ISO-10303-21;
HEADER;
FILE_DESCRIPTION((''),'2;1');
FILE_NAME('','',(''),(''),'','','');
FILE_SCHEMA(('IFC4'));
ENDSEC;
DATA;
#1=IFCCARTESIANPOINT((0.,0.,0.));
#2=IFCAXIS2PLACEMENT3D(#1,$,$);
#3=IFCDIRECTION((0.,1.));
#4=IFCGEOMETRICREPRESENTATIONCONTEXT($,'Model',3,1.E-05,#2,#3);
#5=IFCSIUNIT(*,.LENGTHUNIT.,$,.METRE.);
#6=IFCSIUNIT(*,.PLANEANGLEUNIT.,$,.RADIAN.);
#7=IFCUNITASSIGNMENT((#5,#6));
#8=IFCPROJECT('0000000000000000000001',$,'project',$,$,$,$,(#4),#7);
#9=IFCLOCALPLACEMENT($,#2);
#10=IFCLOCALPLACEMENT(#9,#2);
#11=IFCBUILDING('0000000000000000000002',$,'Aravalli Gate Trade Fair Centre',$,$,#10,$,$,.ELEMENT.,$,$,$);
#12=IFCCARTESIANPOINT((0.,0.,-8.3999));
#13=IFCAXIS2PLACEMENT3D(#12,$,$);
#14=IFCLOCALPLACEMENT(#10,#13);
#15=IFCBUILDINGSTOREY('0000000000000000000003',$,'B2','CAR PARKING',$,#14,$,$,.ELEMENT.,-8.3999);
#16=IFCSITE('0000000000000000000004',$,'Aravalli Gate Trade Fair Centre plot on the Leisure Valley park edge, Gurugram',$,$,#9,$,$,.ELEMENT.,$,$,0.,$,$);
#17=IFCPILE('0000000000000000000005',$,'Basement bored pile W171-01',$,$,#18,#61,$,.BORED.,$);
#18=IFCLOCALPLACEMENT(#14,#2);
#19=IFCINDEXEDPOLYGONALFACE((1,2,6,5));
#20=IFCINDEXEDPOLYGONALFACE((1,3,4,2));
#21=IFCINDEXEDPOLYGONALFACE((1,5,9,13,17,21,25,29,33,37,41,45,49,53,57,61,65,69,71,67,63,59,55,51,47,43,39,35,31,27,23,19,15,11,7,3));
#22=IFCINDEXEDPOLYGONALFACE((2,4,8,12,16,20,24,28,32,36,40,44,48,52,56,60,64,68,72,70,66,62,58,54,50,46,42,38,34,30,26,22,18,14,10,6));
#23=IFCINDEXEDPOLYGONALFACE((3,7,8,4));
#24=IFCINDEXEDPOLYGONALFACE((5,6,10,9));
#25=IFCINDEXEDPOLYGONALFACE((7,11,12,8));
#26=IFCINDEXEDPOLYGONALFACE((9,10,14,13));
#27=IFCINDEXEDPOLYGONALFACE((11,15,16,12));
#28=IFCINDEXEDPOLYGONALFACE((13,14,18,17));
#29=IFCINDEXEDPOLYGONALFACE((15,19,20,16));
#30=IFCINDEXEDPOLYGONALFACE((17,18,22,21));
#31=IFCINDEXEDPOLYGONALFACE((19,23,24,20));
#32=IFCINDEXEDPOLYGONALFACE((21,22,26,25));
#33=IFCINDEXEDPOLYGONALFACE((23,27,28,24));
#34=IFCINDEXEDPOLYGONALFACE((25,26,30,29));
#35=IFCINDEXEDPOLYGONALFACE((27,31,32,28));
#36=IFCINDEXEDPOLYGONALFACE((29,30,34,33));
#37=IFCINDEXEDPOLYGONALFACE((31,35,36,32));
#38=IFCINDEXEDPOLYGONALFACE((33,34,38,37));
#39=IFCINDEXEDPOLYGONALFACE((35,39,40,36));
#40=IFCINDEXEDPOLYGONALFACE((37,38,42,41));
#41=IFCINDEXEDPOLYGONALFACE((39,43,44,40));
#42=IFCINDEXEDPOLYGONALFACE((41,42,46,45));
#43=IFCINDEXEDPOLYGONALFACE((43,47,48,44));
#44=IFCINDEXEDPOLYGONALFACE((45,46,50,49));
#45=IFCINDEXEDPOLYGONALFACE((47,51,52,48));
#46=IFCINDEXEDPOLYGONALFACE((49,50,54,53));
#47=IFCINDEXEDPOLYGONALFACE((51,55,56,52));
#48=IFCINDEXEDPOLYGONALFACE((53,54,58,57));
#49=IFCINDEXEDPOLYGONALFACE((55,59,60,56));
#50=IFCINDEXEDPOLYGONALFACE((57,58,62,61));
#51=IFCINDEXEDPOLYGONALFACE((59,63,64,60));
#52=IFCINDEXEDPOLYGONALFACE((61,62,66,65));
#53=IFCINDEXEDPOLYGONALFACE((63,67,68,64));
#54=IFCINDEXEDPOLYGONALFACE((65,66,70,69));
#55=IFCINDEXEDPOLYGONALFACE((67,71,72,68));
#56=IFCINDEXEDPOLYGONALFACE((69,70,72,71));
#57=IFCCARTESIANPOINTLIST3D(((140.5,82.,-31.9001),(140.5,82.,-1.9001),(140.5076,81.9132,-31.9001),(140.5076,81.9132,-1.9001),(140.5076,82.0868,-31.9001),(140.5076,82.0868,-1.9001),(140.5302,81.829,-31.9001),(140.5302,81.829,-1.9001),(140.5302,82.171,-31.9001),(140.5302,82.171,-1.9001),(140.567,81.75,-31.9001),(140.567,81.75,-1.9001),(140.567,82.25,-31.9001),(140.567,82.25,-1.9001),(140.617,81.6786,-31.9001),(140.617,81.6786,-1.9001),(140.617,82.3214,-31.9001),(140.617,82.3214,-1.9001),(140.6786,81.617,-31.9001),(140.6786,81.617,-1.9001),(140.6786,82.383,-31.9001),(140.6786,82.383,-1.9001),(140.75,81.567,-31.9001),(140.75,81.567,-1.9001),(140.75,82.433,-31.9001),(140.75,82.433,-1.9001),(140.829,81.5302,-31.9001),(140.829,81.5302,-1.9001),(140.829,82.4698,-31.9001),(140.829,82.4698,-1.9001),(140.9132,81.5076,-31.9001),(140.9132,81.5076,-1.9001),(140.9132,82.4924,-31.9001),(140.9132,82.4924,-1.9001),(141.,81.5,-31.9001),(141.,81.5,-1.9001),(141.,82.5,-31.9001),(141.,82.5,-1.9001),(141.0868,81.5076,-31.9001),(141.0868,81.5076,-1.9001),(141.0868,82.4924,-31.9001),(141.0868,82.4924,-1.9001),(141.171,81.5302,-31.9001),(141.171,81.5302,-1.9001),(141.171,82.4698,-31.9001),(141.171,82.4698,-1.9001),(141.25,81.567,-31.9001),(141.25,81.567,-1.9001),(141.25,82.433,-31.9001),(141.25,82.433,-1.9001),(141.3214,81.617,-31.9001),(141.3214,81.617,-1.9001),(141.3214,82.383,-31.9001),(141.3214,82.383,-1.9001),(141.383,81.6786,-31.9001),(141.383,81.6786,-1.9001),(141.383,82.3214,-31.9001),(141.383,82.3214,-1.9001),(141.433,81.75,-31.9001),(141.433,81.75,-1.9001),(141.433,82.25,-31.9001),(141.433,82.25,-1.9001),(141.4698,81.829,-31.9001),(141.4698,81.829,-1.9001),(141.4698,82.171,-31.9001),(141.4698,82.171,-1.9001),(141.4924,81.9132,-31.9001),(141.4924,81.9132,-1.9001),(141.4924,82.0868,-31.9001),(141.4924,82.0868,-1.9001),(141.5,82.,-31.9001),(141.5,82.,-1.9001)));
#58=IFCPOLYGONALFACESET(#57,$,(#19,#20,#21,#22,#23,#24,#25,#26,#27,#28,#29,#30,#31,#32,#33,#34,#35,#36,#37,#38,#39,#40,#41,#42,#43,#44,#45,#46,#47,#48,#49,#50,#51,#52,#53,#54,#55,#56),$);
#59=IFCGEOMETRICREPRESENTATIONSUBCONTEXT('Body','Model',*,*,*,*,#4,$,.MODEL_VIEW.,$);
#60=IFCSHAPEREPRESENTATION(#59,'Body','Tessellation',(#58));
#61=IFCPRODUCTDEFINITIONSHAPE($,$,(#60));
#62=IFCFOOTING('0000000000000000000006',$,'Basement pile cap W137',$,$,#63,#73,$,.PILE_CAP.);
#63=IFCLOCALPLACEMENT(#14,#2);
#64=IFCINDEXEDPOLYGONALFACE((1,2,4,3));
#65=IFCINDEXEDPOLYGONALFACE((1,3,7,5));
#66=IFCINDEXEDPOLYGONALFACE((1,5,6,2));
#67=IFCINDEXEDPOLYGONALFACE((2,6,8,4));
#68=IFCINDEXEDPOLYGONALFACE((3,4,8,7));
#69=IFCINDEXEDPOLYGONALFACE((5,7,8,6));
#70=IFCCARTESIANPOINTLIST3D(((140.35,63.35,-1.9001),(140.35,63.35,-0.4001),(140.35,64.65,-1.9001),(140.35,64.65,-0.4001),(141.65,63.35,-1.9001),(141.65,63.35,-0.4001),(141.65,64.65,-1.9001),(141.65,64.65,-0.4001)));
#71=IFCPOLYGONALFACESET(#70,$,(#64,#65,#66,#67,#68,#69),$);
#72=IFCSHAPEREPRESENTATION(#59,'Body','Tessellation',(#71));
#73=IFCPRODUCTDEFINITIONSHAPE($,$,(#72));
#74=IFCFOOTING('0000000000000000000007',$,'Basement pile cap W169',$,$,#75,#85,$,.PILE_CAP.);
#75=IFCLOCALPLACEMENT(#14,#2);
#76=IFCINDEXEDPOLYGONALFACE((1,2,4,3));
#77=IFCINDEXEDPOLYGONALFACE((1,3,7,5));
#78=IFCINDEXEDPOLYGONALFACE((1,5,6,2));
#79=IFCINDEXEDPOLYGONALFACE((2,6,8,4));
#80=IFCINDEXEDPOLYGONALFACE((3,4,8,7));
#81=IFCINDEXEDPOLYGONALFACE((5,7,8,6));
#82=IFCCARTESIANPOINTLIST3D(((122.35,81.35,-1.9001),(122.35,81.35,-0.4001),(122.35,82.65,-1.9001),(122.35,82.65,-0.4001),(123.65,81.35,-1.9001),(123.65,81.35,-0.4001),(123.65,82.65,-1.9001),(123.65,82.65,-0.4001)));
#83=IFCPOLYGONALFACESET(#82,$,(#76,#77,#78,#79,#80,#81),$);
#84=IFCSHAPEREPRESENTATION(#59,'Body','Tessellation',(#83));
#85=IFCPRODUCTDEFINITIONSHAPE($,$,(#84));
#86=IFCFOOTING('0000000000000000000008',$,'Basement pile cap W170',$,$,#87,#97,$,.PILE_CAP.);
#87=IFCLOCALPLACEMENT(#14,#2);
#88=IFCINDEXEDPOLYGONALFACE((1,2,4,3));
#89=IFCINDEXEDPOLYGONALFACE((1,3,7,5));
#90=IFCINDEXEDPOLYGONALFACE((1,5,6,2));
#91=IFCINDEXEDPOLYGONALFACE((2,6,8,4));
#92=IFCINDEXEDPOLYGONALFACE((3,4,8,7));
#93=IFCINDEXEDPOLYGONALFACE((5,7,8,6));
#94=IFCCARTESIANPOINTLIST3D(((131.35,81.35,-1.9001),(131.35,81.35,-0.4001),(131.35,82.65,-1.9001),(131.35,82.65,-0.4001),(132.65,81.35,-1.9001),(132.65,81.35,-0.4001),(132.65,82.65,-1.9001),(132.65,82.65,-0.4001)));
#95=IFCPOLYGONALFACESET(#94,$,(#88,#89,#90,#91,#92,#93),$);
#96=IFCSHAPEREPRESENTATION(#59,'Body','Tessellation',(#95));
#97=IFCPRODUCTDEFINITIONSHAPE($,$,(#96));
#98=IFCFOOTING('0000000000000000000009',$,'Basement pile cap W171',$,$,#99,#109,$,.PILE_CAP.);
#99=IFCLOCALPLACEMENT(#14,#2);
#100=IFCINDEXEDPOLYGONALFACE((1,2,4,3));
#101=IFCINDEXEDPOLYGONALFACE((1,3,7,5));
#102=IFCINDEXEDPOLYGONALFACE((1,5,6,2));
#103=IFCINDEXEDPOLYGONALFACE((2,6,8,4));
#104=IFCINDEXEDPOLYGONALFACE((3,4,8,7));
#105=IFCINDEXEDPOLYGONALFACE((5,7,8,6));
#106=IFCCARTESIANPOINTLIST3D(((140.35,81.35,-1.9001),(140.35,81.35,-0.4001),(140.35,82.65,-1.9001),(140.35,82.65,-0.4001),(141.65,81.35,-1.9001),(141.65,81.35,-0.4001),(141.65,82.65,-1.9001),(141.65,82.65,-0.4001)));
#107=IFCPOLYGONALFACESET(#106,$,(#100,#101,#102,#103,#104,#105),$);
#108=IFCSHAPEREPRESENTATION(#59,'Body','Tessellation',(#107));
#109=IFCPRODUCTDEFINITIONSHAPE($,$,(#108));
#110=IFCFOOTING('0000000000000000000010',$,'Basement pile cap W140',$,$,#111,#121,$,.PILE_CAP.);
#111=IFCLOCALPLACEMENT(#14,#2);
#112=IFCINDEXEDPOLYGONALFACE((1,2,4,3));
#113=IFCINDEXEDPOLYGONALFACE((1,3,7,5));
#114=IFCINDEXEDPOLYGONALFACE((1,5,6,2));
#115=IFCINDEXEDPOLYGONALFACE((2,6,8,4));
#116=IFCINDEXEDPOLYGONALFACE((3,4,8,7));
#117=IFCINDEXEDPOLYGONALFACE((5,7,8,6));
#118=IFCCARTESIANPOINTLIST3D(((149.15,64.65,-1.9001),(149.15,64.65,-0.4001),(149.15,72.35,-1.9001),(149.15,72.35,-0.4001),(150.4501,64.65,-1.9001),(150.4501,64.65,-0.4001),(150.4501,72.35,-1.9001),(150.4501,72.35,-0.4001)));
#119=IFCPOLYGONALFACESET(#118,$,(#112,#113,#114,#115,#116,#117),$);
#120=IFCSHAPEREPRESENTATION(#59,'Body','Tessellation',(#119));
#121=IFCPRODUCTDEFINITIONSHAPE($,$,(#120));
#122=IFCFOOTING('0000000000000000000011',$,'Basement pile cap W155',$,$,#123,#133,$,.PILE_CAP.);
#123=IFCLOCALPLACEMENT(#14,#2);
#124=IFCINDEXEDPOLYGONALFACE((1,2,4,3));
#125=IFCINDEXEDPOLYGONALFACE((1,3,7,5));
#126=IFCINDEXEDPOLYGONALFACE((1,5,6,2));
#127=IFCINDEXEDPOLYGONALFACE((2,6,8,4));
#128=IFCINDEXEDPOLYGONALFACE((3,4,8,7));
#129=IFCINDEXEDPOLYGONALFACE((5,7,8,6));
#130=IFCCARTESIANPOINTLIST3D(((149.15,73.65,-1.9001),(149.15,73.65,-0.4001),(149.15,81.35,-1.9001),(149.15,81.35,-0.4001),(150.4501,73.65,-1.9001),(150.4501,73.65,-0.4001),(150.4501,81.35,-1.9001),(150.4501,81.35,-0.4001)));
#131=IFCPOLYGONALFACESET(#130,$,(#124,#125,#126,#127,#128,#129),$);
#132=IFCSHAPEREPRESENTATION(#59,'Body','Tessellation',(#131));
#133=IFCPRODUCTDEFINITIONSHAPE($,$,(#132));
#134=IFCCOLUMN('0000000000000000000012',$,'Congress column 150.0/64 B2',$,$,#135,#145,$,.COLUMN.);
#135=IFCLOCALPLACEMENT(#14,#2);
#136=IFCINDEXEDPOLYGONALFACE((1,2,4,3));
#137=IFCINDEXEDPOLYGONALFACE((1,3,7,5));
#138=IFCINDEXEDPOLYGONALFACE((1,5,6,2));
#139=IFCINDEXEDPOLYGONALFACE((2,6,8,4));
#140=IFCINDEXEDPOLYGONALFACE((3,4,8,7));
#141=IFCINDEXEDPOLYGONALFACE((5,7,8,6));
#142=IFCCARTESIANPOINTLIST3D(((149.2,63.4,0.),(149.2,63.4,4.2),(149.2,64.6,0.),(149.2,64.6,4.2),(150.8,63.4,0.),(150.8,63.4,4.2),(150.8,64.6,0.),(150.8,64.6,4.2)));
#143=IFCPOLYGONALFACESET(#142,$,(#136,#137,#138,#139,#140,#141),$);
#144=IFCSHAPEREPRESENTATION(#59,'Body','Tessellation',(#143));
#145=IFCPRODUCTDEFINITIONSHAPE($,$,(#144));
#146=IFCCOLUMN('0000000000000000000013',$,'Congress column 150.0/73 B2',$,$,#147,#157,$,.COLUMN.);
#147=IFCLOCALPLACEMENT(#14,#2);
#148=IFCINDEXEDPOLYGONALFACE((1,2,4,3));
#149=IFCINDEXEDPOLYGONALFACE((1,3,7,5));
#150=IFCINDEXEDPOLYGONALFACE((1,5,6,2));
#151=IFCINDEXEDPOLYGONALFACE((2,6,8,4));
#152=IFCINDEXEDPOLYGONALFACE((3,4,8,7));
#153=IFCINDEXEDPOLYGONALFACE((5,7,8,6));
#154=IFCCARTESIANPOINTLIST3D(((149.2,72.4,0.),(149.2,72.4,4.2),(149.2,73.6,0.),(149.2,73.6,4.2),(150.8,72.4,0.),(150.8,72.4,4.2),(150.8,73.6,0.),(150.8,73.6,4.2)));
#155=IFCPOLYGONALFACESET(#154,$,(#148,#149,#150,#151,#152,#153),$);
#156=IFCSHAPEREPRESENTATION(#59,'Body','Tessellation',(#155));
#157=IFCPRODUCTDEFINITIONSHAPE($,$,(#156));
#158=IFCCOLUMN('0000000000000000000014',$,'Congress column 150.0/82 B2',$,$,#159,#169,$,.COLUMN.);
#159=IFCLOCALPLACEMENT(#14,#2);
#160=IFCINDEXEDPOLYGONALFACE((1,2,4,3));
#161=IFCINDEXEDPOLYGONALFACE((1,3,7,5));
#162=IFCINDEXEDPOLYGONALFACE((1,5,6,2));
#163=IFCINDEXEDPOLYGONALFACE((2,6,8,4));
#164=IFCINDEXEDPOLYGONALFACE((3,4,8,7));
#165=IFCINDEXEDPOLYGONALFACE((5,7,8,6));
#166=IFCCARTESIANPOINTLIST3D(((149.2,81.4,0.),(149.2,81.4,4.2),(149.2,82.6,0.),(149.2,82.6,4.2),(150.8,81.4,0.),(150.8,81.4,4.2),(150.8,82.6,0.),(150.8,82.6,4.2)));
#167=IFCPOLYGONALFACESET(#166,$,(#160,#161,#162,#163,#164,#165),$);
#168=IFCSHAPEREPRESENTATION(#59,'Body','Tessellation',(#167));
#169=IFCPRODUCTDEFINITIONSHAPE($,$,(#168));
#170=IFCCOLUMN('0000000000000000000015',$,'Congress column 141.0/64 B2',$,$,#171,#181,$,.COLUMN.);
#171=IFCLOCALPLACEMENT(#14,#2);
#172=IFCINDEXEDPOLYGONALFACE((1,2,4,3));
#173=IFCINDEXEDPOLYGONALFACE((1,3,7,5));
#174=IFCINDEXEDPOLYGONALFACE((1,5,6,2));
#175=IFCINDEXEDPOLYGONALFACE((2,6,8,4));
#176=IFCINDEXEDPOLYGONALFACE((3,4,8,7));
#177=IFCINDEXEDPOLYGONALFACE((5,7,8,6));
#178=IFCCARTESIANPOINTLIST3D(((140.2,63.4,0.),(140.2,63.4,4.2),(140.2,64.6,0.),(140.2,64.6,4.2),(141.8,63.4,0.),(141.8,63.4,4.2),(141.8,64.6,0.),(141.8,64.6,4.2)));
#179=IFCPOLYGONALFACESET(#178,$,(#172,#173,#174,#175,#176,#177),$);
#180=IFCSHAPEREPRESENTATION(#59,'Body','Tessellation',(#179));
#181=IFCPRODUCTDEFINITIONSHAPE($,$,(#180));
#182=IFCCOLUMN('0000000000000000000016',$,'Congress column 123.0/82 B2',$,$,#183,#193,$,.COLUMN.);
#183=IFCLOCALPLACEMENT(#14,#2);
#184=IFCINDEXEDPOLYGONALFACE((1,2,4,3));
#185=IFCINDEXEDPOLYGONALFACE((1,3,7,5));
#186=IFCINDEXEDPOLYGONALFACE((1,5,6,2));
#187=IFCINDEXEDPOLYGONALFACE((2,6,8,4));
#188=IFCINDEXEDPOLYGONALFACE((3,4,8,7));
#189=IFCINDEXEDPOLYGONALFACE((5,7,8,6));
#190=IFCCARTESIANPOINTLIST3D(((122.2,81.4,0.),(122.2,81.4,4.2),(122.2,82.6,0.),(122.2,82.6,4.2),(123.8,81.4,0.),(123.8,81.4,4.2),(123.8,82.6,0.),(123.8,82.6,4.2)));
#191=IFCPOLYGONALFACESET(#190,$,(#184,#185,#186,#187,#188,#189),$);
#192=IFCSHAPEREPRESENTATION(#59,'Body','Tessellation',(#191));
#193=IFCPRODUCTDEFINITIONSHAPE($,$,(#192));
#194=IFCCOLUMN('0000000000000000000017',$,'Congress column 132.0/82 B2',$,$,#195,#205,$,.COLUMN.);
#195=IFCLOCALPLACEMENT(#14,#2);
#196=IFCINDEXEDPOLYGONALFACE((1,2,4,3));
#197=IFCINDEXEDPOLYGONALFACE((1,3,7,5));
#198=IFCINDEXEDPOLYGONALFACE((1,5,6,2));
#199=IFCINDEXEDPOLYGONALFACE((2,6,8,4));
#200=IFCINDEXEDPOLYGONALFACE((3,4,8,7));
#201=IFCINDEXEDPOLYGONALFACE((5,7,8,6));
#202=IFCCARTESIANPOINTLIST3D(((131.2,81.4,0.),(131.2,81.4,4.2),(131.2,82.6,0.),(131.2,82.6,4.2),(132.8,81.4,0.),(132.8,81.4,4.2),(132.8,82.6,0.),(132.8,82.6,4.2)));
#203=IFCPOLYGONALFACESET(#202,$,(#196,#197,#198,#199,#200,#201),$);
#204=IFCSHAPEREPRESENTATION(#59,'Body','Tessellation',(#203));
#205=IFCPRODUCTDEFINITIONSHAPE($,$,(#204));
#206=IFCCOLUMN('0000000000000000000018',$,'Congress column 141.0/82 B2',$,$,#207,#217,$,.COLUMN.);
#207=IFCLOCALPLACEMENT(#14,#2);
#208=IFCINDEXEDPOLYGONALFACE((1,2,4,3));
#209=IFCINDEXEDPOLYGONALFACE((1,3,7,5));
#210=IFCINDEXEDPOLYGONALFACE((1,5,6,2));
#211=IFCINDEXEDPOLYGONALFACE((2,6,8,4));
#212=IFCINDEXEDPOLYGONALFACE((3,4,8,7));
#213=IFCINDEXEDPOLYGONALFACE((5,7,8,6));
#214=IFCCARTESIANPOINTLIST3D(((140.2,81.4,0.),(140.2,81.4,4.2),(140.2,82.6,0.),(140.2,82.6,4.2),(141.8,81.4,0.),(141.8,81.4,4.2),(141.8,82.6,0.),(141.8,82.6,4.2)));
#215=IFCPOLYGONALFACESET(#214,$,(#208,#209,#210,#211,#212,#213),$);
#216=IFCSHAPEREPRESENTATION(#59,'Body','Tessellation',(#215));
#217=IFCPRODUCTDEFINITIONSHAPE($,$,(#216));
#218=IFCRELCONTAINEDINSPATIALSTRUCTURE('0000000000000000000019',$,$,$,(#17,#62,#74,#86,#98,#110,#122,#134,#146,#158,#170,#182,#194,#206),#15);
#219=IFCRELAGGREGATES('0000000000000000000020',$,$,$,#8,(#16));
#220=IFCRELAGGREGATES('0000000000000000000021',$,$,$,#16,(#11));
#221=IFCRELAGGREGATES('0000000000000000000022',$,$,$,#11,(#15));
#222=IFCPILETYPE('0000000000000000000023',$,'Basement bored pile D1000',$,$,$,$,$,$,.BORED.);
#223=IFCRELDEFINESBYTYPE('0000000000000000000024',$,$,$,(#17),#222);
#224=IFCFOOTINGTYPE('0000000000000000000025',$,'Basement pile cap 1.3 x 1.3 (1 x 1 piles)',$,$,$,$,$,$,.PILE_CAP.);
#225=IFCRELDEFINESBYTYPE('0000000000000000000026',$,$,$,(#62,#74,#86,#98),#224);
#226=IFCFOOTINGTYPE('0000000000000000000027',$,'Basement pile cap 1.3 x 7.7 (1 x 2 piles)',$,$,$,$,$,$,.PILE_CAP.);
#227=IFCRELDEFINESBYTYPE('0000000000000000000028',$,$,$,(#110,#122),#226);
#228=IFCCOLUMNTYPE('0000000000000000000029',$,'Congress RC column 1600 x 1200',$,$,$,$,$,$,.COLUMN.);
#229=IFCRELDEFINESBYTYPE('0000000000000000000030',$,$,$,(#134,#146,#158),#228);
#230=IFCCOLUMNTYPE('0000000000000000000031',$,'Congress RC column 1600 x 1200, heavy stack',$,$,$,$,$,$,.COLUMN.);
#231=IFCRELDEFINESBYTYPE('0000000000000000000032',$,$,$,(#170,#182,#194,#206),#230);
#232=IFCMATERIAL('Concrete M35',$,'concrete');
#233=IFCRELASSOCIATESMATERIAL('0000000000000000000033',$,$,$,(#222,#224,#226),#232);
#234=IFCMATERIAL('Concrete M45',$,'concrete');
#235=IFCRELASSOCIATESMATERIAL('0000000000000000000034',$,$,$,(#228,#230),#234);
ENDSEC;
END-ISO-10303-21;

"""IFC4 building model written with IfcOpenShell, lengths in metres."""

from ifc_helpers import new_model, si_unit, direction, frame, origin, origin_2d, place, context, subcontext, project, spatial, rectangle, circle, extrude, material, material_profile, profile_set, type_object, element, save


model = new_model("IFC4")

# Units and contexts
model_context = context("Model", 3, precision=1e-05, world=origin(), true_north=direction((0.0, 1.0)))
body_context = subcontext(model_context, "Body", "Model", "MODEL_VIEW")
ifc_project = project(units=[si_unit("LENGTHUNIT", "METRE"), si_unit("PLANEANGLEUNIT", "RADIAN")], contexts=[model_context])

# Site, building, storey
site_placement = place(None, origin())
site = spatial("IfcSite", under=ifc_project, at=site_placement, Name="Aravalli Gate Trade Fair Centre plot on the Leisure Valley park edge, Gurugram", CompositionType="ELEMENT", RefElevation=0.0)
building_placement = place(site_placement, origin())
building = spatial("IfcBuilding", under=site, at=building_placement, Name="Aravalli Gate Trade Fair Centre", CompositionType="ELEMENT")
storey_placement = place(building_placement, frame((0.0, 0.0, -8.3999)))
storey = spatial("IfcBuildingStorey", under=building, at=storey_placement, Name="B2", Description="CAR PARKING", CompositionType="ELEMENT", Elevation=-8.3999)

# Pile
ifc_material_1 = material(Name="Concrete M35", Category="concrete")
ifc_material_profile_1 = material_profile(ifc_material_1, circle(Radius=0.5, at=origin_2d()), Name="D1000")
ifc_profile_set_1 = profile_set([ifc_material_profile_1], Name="Concrete M35")
pile_type = type_object("IfcPileType", Name="Basement bored pile D1000", PredefinedType="BORED", material=ifc_profile_set_1)
for number, where, z_axis, x_axis, name in (
    (1, (141.0, 82.0, -1.9001), (0.0, 0.0, -1.0), (1.0, 0.0, 0.0), "Basement bored pile W171-01"),
):
    element("IfcPile", number, at=place(storey_placement, frame(where, z_axis=z_axis, x_axis=x_axis)), inside=storey, type_object=pile_type, Name=name, PredefinedType="BORED", context=body_context, shape_type="SweptSolid", body=[
        extrude(circle(Radius=0.5, at=origin_2d()), origin(), (0.0, 0.0, 1.0), 30.0),
    ])

# Footings
footing_type_1 = type_object("IfcFootingType", Name="Basement pile cap 1.3 x 1.3 (1 x 1 piles)", PredefinedType="PILE_CAP", material=ifc_material_1)
for number, where, z_axis, x_axis, name in (
    (2, (141.0, 64.0, -1.9001), (0.0, 0.0, 1.0), (1.0, 0.0, 0.0), "Basement pile cap W137"),
    (3, (123.0, 82.0, -1.9001), (0.0, 0.0, 1.0), (1.0, 0.0, 0.0), "Basement pile cap W169"),
    (4, (132.0, 82.0, -1.9001), (0.0, 0.0, 1.0), (1.0, 0.0, 0.0), "Basement pile cap W170"),
    (5, (141.0, 82.0, -1.9001), (0.0, 0.0, 1.0), (1.0, 0.0, 0.0), "Basement pile cap W171"),
):
    element("IfcFooting", number, at=place(storey_placement, frame(where, z_axis=z_axis, x_axis=x_axis)), inside=storey, type_object=footing_type_1, Name=name, PredefinedType="PILE_CAP", context=body_context, shape_type="SweptSolid", body=[
        extrude(rectangle(XDim=1.3, YDim=1.3, at=origin_2d()), origin(), (0.0, 0.0, 1.0), 1.5),
    ])
footing_type_2 = type_object("IfcFootingType", Name="Basement pile cap 1.3 x 7.7 (1 x 2 piles)", PredefinedType="PILE_CAP", material=ifc_material_1)
for number, where, z_axis, x_axis, name in (
    (6, (149.8, 68.5, -1.9001), (0.0, 0.0, 1.0), (1.0, 0.0, 0.0), "Basement pile cap W140"),
    (7, (149.8, 77.5, -1.9001), (0.0, 0.0, 1.0), (1.0, 0.0, 0.0), "Basement pile cap W155"),
):
    element("IfcFooting", number, at=place(storey_placement, frame(where, z_axis=z_axis, x_axis=x_axis)), inside=storey, type_object=footing_type_2, Name=name, PredefinedType="PILE_CAP", context=body_context, shape_type="SweptSolid", body=[
        extrude(rectangle(XDim=1.3, YDim=7.7, at=origin_2d()), origin(), (0.0, 0.0, 1.0), 1.5),
    ])

# Columns
ifc_material_2 = material(Name="Concrete M45", Category="concrete")
ifc_material_profile_2 = material_profile(ifc_material_2, rectangle(XDim=1.6001, YDim=1.2, at=origin_2d()), Name="RC 1600x1200")
ifc_profile_set_2 = profile_set([ifc_material_profile_2], Name="Concrete M45")
column_type_1 = type_object("IfcColumnType", Name="Congress RC column 1600 x 1200", PredefinedType="COLUMN", material=ifc_profile_set_2)
for number, where, z_axis, x_axis, name in (
    (8, (150.0, 64.0, 0.0), (0.0, 0.0, 1.0), (1.0, 0.0, 0.0), "Congress column 150.0/64 B2"),
    (9, (150.0, 73.0, 0.0), (0.0, 0.0, 1.0), (1.0, 0.0, 0.0), "Congress column 150.0/73 B2"),
    (10, (150.0, 82.0, 0.0), (0.0, 0.0, 1.0), (1.0, 0.0, 0.0), "Congress column 150.0/82 B2"),
):
    element("IfcColumn", number, at=place(storey_placement, frame(where, z_axis=z_axis, x_axis=x_axis)), inside=storey, type_object=column_type_1, Name=name, PredefinedType="COLUMN", context=body_context, shape_type="SweptSolid", body=[
        extrude(rectangle(XDim=1.6001, YDim=1.2, at=origin_2d()), origin(), (0.0, 0.0, 1.0), 4.2),
    ])
ifc_material_profile_3 = material_profile(ifc_material_2, rectangle(XDim=1.6001, YDim=1.2, at=origin_2d()), Name="RC 1600x1200")
ifc_profile_set_3 = profile_set([ifc_material_profile_3], Name="Concrete M45")
column_type_2 = type_object("IfcColumnType", Name="Congress RC column 1600 x 1200, heavy stack", PredefinedType="COLUMN", material=ifc_profile_set_3)
for number, where, z_axis, x_axis, name in (
    (11, (141.0, 64.0, 0.0), (0.0, 0.0, 1.0), (1.0, 0.0, 0.0), "Congress column 141.0/64 B2"),
    (12, (123.0, 82.0, 0.0), (0.0, 0.0, 1.0), (1.0, 0.0, 0.0), "Congress column 123.0/82 B2"),
    (13, (132.0, 82.0, 0.0), (0.0, 0.0, 1.0), (1.0, 0.0, 0.0), "Congress column 132.0/82 B2"),
    (14, (141.0, 82.0, 0.0), (0.0, 0.0, 1.0), (1.0, 0.0, 0.0), "Congress column 141.0/82 B2"),
):
    element("IfcColumn", number, at=place(storey_placement, frame(where, z_axis=z_axis, x_axis=x_axis)), inside=storey, type_object=column_type_2, Name=name, PredefinedType="COLUMN", context=body_context, shape_type="SweptSolid", body=[
        extrude(rectangle(XDim=1.6001, YDim=1.2, at=origin_2d()), origin(), (0.0, 0.0, 1.0), 4.2),
    ])

save(model, "model.ifc")
